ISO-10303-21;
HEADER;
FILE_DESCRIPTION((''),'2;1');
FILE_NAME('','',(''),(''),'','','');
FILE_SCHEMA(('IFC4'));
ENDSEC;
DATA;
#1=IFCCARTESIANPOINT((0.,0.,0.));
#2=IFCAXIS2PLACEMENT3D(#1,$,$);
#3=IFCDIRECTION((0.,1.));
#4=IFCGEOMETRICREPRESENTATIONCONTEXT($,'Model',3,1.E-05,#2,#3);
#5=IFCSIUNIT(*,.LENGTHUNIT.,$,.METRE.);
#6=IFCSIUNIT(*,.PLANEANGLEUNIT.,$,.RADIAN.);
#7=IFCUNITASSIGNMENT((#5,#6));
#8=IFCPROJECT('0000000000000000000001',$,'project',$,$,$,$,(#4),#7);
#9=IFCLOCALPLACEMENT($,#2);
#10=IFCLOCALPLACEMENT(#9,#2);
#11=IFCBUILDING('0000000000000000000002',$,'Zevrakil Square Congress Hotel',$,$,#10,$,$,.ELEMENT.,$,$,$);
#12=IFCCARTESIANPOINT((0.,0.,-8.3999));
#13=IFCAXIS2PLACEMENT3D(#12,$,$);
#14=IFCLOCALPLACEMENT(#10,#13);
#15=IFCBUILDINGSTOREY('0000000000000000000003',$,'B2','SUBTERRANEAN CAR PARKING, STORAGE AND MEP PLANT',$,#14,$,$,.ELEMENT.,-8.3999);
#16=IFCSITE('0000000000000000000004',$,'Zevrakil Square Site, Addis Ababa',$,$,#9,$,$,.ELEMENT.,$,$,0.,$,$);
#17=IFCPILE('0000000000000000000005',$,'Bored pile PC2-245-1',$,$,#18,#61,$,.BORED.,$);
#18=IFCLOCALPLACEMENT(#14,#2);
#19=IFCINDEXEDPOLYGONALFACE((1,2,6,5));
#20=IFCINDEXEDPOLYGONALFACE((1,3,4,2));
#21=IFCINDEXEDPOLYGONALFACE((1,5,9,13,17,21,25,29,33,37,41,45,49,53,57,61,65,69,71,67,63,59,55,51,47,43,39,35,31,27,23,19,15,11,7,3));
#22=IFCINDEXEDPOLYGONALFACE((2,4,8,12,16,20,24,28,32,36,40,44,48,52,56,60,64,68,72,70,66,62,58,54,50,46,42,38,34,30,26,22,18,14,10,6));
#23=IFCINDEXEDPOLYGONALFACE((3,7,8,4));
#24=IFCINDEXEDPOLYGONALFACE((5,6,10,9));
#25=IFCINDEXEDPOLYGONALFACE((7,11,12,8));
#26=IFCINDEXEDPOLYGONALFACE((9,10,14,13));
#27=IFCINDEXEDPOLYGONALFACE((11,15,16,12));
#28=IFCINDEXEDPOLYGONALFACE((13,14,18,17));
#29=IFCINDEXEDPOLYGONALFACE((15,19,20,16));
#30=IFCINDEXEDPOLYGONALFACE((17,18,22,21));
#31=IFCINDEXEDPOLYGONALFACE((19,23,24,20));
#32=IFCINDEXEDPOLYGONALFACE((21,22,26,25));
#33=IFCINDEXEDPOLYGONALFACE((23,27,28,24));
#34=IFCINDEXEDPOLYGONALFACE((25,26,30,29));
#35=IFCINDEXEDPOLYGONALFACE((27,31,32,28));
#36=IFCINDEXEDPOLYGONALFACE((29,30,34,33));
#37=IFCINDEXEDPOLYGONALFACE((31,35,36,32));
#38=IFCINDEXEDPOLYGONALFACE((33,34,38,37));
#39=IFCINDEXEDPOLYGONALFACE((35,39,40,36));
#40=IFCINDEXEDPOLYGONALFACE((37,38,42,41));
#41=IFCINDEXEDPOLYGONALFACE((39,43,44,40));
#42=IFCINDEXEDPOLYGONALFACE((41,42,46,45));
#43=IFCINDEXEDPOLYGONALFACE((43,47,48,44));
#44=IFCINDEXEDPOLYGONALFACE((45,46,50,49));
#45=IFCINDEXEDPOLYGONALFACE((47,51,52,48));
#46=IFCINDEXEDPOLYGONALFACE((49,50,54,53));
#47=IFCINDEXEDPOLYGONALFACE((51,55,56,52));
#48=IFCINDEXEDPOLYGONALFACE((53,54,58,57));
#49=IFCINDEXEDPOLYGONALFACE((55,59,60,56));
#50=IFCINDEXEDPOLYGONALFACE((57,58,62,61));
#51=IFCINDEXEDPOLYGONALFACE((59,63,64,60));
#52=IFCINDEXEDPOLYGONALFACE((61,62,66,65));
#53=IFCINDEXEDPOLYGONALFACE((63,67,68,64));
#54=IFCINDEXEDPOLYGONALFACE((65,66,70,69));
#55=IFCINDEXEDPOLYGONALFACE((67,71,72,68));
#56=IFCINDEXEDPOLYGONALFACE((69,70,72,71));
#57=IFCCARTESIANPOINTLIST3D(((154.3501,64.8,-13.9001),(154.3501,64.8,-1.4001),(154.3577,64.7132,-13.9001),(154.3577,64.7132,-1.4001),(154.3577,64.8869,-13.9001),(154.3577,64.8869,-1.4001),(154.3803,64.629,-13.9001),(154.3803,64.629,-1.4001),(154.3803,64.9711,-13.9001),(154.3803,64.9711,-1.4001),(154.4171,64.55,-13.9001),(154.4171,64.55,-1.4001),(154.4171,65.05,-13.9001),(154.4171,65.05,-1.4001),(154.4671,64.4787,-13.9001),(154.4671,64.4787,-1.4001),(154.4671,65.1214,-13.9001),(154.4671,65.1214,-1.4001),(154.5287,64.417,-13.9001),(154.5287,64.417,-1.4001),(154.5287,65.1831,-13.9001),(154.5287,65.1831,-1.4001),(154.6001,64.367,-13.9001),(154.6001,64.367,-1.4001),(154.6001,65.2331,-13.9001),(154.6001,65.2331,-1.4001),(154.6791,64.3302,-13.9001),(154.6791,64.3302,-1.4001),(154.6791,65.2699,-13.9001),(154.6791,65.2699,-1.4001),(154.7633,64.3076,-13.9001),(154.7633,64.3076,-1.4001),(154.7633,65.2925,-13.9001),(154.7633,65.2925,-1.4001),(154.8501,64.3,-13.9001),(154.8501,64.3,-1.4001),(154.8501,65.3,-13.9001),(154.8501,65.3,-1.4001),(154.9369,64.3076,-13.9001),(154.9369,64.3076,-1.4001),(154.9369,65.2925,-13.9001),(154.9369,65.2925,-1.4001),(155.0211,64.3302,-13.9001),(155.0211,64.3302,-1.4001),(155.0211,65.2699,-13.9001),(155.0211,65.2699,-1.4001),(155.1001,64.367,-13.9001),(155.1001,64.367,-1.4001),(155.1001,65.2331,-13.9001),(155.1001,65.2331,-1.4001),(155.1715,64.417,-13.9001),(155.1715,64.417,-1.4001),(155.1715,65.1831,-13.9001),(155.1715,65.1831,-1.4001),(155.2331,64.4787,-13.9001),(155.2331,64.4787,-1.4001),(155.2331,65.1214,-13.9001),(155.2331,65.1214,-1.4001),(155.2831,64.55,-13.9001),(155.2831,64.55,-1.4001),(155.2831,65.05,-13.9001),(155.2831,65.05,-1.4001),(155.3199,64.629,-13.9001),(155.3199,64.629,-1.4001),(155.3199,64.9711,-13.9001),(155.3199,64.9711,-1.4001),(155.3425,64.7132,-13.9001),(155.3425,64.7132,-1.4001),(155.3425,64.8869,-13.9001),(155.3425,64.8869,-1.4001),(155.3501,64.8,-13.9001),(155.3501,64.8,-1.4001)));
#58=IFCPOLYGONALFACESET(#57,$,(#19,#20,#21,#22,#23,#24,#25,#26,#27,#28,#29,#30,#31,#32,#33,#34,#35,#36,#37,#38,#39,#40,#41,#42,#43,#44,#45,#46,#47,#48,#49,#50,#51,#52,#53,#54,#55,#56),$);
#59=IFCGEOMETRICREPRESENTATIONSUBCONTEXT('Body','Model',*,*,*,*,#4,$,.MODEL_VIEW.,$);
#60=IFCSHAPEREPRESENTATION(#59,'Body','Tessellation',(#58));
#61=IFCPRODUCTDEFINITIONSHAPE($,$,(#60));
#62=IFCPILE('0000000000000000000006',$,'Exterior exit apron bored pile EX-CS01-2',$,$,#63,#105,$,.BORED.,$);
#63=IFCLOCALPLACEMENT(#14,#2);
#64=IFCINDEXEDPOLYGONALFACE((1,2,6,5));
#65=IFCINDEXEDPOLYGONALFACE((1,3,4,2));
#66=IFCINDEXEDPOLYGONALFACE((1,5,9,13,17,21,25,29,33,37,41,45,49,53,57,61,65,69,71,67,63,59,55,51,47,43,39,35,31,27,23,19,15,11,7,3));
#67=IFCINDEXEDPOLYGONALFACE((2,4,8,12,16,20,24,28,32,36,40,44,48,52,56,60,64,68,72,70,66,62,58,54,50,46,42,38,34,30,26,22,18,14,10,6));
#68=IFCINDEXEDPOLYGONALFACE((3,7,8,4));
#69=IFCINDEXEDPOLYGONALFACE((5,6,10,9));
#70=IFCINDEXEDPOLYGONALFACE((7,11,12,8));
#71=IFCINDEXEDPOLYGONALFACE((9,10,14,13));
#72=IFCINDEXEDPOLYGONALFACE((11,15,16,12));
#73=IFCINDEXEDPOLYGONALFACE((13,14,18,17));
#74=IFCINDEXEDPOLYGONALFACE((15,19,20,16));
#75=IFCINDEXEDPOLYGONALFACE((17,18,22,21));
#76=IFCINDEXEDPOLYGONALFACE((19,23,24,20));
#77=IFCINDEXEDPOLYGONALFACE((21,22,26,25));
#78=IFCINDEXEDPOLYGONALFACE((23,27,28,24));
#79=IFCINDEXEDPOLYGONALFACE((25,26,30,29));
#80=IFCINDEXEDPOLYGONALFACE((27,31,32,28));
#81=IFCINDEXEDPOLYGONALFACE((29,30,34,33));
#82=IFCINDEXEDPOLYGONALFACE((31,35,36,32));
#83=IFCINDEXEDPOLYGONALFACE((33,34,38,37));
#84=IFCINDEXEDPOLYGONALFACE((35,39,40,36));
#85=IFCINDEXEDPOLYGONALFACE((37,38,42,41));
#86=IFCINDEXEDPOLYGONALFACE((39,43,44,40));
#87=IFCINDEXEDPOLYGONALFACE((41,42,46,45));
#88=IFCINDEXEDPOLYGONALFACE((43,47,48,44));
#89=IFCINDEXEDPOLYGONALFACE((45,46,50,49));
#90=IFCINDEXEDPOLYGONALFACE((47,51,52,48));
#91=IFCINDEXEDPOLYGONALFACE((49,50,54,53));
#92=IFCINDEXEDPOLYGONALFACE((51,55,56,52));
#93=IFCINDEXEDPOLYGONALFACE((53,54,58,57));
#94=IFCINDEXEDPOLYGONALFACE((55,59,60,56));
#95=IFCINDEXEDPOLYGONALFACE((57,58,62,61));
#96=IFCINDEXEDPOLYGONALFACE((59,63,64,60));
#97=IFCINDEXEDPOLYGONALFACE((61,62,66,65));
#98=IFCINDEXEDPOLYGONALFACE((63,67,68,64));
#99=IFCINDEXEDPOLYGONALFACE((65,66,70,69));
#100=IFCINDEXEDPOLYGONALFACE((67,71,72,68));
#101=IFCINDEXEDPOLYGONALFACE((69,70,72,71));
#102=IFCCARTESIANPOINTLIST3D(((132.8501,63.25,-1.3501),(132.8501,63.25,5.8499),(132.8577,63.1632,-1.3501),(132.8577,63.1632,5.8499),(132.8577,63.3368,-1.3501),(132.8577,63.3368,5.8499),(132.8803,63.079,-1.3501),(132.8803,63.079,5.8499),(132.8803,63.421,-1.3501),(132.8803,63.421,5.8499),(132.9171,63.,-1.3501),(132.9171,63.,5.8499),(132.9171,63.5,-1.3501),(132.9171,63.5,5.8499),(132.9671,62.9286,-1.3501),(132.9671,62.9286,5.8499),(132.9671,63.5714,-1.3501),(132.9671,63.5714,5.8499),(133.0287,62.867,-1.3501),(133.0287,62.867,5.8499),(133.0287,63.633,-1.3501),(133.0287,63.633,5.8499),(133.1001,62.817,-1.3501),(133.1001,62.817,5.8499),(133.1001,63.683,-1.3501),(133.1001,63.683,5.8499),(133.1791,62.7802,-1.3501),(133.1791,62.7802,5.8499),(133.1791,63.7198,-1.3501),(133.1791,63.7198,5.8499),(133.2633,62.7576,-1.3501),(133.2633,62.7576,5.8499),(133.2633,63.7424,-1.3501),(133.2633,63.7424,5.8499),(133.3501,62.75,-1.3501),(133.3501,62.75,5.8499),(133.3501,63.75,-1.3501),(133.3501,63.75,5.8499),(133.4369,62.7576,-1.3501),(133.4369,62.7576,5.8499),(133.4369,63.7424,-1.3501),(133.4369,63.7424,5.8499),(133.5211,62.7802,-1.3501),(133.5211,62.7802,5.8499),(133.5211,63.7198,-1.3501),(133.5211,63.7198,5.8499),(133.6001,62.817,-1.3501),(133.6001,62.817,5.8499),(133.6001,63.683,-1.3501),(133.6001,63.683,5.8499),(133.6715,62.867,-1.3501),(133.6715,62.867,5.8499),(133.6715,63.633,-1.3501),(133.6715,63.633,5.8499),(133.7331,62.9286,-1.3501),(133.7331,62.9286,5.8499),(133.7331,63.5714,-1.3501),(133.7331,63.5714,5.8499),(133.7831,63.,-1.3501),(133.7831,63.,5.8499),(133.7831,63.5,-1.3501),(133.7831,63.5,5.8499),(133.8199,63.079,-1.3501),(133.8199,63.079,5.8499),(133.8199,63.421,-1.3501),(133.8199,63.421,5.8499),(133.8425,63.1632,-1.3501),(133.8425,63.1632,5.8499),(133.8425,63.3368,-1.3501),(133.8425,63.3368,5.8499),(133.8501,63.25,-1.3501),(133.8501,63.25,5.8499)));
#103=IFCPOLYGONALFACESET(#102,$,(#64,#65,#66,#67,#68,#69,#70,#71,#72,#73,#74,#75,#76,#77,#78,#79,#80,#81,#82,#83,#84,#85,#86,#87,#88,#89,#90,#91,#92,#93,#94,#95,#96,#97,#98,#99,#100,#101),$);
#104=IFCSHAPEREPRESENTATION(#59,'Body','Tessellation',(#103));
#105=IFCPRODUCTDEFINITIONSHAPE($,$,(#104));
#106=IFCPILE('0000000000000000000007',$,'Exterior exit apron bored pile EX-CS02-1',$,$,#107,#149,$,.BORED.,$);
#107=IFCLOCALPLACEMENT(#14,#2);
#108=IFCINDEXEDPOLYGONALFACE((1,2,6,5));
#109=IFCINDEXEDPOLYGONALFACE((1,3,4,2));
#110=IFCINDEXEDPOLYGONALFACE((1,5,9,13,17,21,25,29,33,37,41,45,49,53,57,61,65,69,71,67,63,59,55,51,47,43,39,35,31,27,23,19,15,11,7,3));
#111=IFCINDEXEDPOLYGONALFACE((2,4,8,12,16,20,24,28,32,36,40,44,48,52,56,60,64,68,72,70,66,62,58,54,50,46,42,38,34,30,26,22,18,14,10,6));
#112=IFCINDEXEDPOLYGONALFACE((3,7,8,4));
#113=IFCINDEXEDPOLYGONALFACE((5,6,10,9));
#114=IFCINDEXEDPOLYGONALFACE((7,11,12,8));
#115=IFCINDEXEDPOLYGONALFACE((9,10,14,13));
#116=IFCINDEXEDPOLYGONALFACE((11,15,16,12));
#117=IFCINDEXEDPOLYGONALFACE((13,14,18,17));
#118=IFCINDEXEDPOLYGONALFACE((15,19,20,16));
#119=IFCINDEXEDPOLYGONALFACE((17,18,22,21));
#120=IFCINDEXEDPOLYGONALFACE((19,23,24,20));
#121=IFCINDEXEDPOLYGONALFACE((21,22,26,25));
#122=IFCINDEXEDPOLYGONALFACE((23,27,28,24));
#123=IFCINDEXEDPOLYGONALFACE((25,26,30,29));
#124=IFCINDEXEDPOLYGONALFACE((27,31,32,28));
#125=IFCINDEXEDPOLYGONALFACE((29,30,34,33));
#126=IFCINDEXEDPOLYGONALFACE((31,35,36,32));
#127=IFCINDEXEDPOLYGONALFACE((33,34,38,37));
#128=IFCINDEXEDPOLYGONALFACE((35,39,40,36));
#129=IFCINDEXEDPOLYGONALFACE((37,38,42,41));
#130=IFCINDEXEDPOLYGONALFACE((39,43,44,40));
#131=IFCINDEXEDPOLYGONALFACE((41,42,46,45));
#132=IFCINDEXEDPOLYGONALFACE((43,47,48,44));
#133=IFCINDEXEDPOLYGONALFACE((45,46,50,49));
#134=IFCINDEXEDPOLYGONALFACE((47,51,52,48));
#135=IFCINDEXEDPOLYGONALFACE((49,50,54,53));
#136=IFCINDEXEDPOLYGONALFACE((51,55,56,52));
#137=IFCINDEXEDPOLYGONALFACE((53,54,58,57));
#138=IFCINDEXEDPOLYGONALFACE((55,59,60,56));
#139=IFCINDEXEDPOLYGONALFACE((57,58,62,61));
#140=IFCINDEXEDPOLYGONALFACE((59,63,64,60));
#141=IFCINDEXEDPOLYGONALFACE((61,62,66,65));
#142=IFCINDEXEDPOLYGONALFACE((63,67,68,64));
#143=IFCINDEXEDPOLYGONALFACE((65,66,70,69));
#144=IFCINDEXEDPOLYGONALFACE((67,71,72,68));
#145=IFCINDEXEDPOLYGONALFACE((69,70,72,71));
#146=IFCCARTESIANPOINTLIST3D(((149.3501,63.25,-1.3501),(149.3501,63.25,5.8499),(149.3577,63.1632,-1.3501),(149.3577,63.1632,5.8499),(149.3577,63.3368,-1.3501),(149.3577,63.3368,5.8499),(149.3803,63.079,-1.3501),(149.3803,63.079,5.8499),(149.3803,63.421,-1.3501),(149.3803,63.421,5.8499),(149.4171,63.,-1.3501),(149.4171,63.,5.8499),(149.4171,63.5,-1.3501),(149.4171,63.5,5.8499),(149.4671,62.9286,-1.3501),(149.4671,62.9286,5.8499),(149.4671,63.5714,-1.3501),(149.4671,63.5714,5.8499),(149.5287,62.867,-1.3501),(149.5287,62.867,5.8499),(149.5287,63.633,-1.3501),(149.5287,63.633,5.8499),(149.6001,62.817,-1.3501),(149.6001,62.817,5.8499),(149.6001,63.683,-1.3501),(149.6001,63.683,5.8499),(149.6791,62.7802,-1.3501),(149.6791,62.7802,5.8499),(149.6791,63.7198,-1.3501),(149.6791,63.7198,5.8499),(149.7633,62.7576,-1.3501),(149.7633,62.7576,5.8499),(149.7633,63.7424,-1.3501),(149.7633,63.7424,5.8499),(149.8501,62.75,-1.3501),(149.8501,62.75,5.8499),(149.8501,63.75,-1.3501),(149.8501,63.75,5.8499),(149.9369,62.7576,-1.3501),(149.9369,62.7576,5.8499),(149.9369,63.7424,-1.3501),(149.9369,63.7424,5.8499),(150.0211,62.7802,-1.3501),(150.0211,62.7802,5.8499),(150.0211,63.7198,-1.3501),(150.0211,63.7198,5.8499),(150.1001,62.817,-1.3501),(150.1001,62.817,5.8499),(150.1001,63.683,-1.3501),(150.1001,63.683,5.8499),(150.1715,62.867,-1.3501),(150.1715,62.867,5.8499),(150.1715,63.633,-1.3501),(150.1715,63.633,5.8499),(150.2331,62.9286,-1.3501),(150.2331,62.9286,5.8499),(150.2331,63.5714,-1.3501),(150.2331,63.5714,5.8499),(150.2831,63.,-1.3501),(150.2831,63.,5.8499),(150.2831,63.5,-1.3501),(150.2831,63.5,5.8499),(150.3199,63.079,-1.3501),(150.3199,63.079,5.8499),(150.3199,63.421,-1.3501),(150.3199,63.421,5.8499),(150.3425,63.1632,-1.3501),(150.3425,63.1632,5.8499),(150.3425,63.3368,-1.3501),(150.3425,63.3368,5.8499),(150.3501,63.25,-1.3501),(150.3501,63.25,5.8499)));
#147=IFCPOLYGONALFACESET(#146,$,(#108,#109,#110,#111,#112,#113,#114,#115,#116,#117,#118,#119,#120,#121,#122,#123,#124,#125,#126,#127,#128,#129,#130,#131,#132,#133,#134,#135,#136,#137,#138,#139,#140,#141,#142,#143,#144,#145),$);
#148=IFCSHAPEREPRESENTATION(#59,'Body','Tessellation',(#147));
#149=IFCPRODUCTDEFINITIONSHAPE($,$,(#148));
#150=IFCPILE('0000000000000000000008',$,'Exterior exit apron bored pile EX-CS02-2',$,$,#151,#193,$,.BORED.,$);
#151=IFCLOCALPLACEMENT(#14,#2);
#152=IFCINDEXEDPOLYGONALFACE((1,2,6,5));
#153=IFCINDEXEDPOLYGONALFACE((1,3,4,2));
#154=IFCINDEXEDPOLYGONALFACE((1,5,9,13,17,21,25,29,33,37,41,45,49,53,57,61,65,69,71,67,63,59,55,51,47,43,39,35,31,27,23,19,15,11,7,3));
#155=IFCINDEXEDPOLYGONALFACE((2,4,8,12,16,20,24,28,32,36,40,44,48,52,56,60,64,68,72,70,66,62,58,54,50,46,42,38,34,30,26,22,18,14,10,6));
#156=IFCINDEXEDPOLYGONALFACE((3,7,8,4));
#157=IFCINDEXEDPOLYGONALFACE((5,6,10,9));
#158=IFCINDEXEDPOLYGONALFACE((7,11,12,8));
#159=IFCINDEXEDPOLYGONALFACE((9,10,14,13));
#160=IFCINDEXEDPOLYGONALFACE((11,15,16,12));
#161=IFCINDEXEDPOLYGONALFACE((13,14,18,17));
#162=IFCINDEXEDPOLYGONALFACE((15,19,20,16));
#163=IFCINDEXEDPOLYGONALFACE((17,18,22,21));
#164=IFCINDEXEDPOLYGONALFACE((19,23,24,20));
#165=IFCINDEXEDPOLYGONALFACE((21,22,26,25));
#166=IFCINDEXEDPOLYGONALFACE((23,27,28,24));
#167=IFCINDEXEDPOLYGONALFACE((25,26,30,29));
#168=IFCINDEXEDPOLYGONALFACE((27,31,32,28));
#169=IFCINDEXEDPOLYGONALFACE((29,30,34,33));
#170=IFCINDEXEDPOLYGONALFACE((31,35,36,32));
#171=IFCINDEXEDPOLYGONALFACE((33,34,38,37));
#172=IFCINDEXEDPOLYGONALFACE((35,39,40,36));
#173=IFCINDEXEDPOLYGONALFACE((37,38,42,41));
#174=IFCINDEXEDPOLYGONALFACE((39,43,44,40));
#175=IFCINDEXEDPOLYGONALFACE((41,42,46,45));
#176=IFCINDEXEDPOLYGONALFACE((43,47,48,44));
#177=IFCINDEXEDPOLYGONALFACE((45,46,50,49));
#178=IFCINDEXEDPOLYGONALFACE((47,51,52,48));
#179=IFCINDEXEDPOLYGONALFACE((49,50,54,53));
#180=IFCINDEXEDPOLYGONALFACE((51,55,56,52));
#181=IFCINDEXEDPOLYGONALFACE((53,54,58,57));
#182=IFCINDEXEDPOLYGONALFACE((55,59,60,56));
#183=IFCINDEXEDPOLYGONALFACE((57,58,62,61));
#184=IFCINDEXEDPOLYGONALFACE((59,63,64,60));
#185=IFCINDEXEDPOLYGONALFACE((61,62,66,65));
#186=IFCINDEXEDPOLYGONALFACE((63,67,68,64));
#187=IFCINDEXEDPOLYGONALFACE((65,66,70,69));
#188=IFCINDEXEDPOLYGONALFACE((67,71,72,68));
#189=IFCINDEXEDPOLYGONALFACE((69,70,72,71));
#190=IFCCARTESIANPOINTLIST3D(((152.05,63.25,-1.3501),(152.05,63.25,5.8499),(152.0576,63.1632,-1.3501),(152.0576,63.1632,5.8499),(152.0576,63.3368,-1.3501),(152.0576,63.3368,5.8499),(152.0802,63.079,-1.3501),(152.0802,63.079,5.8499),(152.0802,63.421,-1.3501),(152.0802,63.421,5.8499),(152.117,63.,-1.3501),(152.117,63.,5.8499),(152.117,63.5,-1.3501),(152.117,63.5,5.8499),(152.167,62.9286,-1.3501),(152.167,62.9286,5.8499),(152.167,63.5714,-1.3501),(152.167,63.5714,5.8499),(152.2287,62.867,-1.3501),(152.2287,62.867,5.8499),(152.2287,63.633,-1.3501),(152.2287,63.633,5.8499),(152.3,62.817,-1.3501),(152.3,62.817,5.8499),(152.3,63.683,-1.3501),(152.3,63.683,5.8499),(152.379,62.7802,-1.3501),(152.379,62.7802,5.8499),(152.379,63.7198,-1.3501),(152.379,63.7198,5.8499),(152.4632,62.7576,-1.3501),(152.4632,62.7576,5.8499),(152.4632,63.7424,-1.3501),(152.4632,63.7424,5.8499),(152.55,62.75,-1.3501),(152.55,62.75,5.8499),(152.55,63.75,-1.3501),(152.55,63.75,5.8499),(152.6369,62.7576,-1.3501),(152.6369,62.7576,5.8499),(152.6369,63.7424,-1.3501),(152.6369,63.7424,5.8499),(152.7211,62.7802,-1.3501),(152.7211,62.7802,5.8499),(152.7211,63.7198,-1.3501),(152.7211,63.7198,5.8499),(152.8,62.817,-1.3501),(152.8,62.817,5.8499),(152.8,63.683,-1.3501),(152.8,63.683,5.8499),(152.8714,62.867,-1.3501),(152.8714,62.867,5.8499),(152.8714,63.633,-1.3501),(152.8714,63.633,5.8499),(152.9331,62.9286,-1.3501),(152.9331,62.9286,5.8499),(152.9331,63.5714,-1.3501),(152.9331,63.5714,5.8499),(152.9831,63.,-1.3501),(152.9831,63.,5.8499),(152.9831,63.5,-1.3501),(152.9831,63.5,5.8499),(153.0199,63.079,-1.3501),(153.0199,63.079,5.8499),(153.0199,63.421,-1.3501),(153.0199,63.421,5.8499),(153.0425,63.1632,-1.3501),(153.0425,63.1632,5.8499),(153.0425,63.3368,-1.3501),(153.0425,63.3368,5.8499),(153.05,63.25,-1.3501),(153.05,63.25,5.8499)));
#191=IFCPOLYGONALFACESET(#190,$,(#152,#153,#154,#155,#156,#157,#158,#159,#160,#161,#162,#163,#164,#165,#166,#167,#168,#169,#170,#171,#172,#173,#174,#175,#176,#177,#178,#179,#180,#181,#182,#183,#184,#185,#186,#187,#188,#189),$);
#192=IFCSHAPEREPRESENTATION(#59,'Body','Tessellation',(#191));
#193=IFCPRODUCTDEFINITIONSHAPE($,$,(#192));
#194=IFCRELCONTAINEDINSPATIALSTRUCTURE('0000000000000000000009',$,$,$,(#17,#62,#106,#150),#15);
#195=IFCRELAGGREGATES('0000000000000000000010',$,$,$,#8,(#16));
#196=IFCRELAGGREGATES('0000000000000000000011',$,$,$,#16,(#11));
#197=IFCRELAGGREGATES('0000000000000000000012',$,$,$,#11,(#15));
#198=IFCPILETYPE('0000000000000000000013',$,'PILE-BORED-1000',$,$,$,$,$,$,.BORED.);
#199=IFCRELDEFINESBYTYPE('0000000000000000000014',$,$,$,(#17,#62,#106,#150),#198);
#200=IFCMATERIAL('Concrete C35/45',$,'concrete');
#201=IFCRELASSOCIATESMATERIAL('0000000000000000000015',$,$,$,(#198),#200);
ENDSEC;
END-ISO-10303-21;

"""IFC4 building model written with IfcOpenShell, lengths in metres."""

from ifc_helpers import new_model, si_unit, direction, frame, origin, origin_2d, place, context, subcontext, project, spatial, circle, extrude, material, material_profile, profile_set, type_object, element, save


model = new_model("IFC4")

# Units and contexts
model_context = context("Model", 3, precision=1e-05, world=origin(), true_north=direction((0.0, 1.0)))
body_context = subcontext(model_context, "Body", "Model", "MODEL_VIEW")
ifc_project = project(units=[si_unit("LENGTHUNIT", "METRE"), si_unit("PLANEANGLEUNIT", "RADIAN")], contexts=[model_context])

# Site, building, storey
site_placement = place(None, origin())
site = spatial("IfcSite", under=ifc_project, at=site_placement, Name="Zevrakil Square Site, Addis Ababa", CompositionType="ELEMENT", RefElevation=0.0)
building_placement = place(site_placement, origin())
building = spatial("IfcBuilding", under=site, at=building_placement, Name="Zevrakil Square Congress Hotel", CompositionType="ELEMENT")
storey_placement = place(building_placement, frame((0.0, 0.0, -8.3999)))
storey = spatial("IfcBuildingStorey", under=building, at=storey_placement, Name="B2", Description="SUBTERRANEAN CAR PARKING, STORAGE AND MEP PLANT", CompositionType="ELEMENT", Elevation=-8.3999)

# Piles
ifc_material_1 = material(Name="Concrete C35/45", Category="concrete")
ifc_material_profile_1 = material_profile(ifc_material_1, circle(Radius=0.5, at=origin_2d()), Name="PILE D1000")
ifc_profile_set_1 = profile_set([ifc_material_profile_1], Name="Concrete C35/45")
pile_type_1 = type_object("IfcPileType", Name="PILE-BORED-1000", PredefinedType="BORED", material=ifc_profile_set_1)
for number, where, z_axis, x_axis, name in (
    (1, (154.8501, 64.8, -1.4001), (0.0, 0.0, -1.0), (1.0, 0.0, 0.0), "Bored pile PC2-245-1"),
):
    element("IfcPile", number, at=place(storey_placement, frame(where, z_axis=z_axis, x_axis=x_axis)), inside=storey, type_object=pile_type_1, Name=name, PredefinedType="BORED", context=body_context, shape_type="SweptSolid", body=[
        extrude(circle(Radius=0.5, at=origin_2d()), origin(), (0.0, 0.0, 1.0), 12.5),
    ])
for number, where, z_axis, x_axis, name in (
    (2, (133.3501, 63.25, 5.8499), (0.0, 0.0, -1.0), (1.0, 0.0, 0.0), "Exterior exit apron bored pile EX-CS01-2"),
    (3, (149.8501, 63.25, 5.8499), (0.0, 0.0, -1.0), (1.0, 0.0, 0.0), "Exterior exit apron bored pile EX-CS02-1"),
    (4, (152.55, 63.25, 5.8499), (0.0, 0.0, -1.0), (1.0, 0.0, 0.0), "Exterior exit apron bored pile EX-CS02-2"),
):
    element("IfcPile", number, at=place(storey_placement, frame(where, z_axis=z_axis, x_axis=x_axis)), inside=storey, type_object=pile_type_1, Name=name, PredefinedType="BORED", context=body_context, shape_type="SweptSolid", body=[
        extrude(circle(Radius=0.5, at=origin_2d()), origin(), (0.0, 0.0, 1.0), 7.2),
    ])

save(model, "model.ifc")
